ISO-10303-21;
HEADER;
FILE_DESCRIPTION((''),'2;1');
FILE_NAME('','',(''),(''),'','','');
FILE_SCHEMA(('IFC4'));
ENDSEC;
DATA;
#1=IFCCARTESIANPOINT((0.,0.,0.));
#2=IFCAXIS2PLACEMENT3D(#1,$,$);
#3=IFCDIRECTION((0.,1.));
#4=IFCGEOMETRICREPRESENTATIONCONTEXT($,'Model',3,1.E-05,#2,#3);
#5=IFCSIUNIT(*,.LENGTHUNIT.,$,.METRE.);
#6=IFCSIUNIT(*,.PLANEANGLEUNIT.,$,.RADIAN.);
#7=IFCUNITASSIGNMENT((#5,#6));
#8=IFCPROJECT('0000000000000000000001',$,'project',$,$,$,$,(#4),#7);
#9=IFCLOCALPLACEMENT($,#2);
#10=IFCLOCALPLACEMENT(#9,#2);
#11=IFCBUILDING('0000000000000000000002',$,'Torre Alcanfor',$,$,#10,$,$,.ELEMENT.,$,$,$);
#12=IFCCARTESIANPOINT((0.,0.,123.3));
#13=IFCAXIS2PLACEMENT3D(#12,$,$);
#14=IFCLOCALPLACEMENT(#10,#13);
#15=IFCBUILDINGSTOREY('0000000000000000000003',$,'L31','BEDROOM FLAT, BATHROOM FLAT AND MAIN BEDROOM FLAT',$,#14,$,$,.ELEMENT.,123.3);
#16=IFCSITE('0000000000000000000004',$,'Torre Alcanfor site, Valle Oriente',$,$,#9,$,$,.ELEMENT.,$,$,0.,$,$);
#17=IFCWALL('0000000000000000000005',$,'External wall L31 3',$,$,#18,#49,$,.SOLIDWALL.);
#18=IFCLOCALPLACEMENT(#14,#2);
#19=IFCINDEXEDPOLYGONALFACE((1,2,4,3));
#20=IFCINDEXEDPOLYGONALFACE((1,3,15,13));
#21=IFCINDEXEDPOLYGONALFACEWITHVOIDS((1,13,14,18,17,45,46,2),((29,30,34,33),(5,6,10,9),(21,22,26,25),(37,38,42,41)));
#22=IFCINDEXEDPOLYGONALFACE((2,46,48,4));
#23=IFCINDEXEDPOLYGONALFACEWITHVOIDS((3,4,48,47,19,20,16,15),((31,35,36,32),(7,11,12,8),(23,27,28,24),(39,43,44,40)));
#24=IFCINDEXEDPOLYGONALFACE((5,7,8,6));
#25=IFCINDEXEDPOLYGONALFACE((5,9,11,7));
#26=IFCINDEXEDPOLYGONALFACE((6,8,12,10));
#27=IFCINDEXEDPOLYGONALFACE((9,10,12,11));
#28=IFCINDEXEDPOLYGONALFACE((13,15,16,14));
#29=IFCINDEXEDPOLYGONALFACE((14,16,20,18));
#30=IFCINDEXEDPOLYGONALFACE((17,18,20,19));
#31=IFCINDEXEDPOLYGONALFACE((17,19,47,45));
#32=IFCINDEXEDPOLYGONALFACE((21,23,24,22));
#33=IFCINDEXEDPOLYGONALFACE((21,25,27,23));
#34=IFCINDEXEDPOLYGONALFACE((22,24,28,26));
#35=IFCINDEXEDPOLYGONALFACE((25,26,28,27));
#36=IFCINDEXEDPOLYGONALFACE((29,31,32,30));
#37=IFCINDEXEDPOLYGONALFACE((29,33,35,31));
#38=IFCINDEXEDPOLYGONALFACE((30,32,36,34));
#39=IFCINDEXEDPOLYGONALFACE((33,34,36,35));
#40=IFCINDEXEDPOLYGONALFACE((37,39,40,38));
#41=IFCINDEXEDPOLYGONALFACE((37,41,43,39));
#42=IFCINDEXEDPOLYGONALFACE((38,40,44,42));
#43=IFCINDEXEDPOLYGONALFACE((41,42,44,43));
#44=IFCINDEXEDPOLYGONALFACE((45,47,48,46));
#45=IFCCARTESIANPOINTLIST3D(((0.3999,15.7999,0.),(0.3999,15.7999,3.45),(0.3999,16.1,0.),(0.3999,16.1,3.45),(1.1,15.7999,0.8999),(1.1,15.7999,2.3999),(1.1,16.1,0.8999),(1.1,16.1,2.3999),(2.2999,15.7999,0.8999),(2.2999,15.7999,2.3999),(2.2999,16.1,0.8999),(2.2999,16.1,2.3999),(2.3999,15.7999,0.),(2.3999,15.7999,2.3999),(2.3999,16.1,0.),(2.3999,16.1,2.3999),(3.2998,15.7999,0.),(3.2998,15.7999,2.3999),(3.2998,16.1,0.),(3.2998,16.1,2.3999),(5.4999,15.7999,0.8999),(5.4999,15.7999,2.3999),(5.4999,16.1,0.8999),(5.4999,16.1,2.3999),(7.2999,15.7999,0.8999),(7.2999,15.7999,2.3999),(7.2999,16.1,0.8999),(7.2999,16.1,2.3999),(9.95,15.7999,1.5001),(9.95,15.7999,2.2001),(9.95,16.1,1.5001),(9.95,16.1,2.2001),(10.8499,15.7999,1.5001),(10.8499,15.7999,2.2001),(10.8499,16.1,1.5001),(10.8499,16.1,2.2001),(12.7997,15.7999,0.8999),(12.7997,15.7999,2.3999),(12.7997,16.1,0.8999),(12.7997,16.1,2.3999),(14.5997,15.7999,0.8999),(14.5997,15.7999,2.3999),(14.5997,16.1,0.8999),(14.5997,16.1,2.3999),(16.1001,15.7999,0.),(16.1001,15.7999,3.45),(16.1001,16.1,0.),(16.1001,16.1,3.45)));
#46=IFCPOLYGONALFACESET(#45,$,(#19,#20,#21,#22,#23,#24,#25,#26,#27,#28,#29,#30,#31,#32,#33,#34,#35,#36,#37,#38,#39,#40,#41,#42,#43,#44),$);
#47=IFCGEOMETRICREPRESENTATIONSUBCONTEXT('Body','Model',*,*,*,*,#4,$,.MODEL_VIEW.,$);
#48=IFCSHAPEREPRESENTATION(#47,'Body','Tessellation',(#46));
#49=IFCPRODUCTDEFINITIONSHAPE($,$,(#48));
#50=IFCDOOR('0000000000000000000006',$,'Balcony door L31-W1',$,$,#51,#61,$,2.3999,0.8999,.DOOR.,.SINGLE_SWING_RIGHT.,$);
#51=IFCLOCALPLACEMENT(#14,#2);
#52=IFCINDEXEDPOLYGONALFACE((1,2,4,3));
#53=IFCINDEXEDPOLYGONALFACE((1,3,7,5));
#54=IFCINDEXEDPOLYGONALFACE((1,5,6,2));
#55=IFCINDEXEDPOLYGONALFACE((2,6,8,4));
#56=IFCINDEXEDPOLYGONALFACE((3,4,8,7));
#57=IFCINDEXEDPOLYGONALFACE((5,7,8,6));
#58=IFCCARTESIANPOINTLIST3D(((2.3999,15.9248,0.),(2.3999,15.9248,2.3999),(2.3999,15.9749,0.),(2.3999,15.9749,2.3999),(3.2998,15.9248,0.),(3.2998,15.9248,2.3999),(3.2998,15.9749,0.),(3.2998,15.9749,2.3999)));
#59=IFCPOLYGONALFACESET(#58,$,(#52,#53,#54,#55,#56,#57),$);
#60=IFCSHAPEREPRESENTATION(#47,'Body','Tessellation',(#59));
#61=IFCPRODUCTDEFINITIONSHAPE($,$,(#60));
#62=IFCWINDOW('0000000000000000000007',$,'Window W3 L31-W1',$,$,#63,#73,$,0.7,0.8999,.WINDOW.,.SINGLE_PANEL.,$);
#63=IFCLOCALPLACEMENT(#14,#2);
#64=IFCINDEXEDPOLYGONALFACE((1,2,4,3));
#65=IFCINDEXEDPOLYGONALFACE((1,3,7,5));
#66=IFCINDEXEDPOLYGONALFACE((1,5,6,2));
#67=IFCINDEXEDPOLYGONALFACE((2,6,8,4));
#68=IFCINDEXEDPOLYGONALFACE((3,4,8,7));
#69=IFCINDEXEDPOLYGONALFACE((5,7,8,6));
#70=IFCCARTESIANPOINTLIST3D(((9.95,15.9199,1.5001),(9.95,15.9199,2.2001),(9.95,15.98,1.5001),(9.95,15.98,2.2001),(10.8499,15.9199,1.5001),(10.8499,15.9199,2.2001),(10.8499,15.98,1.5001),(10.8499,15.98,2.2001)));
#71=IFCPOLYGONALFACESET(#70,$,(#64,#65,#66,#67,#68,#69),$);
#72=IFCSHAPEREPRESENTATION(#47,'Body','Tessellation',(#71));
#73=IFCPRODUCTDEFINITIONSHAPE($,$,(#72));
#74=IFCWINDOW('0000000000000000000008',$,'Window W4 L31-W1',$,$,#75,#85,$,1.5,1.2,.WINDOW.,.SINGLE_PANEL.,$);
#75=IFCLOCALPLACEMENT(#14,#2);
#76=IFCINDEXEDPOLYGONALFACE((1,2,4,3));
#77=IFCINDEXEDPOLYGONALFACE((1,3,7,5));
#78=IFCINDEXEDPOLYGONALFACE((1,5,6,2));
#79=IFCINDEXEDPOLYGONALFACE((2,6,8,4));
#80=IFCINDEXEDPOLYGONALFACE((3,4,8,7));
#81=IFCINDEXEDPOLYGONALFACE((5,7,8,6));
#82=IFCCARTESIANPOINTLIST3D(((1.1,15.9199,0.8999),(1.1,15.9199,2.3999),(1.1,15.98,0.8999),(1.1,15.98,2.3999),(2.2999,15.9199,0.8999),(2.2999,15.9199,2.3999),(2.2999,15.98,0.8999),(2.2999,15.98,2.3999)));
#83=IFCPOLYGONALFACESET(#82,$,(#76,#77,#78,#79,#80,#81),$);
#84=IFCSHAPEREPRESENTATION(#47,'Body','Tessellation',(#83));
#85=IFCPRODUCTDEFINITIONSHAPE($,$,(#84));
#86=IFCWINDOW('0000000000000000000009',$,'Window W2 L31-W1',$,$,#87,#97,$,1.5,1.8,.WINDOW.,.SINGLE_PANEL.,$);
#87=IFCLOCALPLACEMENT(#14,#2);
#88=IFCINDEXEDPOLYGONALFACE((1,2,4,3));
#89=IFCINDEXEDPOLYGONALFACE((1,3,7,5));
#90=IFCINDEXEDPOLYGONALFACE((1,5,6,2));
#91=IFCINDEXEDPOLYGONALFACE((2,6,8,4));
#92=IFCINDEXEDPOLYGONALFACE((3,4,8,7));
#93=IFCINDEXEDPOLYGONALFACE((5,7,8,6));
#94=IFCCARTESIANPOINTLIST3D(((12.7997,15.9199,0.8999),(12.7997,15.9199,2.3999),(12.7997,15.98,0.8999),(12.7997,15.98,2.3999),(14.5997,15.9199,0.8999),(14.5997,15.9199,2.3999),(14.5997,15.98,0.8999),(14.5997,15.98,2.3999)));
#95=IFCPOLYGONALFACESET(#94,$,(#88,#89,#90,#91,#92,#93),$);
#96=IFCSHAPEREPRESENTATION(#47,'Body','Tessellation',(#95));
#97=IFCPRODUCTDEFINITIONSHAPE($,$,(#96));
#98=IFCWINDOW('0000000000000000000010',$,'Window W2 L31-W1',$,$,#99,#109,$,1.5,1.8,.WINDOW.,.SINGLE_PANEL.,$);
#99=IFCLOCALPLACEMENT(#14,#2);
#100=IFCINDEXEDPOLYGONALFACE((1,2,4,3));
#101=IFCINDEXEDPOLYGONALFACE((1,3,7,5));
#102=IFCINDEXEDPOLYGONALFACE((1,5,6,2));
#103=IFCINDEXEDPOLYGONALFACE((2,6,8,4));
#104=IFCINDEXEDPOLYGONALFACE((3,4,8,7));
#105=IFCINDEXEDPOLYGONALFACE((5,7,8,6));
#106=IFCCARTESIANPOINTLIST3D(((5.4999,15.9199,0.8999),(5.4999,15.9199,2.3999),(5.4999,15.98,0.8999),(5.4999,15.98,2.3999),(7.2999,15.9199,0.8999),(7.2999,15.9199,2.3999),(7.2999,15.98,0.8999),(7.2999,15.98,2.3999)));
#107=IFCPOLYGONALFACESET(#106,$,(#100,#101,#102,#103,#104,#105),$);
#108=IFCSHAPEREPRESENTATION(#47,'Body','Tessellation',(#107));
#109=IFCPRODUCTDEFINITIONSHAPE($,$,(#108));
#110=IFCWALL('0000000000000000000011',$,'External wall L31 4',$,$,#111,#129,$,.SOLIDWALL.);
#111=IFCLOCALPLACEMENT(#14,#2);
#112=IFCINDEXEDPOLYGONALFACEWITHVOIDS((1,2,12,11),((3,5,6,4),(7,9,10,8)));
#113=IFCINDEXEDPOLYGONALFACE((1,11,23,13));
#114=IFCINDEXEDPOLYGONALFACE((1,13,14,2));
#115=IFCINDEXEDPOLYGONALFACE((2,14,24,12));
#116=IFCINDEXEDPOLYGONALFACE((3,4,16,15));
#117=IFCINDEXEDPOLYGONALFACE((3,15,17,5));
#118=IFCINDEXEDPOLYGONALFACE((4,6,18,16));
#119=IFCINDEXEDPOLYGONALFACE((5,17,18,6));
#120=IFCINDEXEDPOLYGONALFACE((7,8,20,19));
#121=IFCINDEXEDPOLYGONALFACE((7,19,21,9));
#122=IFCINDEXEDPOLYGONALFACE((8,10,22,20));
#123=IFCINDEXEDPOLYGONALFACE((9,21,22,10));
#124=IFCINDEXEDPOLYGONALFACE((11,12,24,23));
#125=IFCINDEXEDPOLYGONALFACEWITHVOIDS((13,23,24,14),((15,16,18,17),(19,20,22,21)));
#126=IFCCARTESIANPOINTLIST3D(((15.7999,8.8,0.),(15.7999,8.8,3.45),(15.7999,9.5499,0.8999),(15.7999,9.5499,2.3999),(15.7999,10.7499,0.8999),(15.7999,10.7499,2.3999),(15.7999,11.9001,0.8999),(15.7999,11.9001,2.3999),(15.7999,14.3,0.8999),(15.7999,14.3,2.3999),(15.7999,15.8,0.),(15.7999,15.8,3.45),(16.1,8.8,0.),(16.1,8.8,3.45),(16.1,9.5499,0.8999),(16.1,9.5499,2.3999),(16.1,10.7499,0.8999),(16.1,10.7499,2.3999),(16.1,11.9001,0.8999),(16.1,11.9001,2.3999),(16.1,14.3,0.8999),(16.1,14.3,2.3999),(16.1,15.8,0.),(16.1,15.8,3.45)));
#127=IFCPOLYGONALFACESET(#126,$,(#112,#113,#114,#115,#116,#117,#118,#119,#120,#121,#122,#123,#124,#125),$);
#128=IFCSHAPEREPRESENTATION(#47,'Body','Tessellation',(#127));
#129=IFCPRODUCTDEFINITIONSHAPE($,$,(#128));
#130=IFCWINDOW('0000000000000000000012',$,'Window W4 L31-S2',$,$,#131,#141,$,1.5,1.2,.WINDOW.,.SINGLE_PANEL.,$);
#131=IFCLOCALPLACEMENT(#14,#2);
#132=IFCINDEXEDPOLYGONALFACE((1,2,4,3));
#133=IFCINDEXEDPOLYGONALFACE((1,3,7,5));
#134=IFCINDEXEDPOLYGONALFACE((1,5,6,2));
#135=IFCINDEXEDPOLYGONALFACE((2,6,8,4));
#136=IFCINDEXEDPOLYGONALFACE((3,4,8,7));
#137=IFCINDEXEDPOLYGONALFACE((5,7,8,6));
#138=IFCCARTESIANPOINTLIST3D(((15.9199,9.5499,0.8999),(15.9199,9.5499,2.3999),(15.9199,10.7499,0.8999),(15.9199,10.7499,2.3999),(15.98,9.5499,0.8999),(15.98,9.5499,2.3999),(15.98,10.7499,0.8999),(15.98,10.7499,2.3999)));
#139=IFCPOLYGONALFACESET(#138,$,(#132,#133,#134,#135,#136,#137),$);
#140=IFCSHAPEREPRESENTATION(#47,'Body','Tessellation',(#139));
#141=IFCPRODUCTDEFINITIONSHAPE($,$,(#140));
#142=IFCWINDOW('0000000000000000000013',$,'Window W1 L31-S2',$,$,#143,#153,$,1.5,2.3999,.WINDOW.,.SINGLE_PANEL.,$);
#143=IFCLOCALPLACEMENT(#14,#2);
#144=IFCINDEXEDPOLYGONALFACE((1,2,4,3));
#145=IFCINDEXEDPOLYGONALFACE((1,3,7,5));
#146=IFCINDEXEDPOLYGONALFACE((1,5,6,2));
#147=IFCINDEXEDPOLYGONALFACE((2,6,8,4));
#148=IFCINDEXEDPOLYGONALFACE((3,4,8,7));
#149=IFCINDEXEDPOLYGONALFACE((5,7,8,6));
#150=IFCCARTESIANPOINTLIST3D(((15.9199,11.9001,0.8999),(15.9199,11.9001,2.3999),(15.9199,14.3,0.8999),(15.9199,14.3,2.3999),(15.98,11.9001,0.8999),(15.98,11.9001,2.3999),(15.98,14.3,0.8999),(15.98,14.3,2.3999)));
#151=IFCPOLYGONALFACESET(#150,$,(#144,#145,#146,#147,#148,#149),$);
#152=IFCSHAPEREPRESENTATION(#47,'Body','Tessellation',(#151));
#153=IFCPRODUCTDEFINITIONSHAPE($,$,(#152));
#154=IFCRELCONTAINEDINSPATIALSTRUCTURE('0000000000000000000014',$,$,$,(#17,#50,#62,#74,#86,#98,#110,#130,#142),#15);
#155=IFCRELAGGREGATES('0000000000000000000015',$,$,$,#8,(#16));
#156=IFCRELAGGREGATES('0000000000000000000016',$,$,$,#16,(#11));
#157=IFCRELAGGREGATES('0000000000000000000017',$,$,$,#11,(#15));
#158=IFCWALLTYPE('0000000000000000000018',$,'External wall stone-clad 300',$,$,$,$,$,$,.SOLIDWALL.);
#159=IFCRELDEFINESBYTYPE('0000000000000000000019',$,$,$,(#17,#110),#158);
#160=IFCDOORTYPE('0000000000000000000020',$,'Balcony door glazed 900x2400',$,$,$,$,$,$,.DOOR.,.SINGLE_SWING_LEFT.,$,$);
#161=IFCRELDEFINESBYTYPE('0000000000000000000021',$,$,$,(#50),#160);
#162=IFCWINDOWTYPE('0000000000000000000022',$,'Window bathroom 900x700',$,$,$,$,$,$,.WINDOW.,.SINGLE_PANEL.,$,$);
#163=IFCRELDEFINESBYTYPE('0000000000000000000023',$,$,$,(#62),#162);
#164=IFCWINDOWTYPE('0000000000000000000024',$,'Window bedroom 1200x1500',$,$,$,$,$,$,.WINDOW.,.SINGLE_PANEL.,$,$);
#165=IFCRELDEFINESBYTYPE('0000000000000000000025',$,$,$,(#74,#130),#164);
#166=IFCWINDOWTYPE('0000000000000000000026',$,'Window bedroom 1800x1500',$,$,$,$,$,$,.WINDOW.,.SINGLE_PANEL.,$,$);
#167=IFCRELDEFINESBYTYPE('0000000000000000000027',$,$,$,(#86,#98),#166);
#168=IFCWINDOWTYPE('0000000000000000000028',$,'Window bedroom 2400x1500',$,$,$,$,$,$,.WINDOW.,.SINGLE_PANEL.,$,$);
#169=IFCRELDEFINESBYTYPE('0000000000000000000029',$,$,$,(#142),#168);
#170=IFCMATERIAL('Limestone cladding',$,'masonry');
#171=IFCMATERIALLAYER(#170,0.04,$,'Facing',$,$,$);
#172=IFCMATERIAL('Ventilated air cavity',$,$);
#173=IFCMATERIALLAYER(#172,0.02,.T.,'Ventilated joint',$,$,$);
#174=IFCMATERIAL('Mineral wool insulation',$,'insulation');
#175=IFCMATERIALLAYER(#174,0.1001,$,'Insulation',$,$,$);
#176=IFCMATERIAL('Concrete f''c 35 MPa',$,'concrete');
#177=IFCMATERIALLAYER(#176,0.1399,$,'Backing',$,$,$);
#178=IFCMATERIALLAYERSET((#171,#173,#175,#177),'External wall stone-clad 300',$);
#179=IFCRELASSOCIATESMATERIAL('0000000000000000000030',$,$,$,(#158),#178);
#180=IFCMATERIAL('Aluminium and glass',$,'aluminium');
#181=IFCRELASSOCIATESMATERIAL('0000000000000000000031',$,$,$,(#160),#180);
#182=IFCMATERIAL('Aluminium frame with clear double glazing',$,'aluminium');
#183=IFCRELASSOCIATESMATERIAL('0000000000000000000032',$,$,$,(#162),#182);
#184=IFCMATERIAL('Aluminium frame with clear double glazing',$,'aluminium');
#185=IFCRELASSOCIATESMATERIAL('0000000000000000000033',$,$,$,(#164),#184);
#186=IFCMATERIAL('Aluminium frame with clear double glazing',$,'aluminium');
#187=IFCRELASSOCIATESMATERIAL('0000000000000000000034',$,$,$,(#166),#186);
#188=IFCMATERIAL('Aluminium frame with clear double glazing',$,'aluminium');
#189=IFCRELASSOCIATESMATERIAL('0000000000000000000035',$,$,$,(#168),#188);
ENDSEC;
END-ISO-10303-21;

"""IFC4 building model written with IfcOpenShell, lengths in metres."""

from ifc_helpers import new_model, si_unit, direction, frame, frame_2d, origin, place, context, subcontext, project, spatial, rectangle, extrude, material, layer, layer_set, type_object, element, fill, save


model = new_model("IFC4")

# Units and contexts
model_context = context("Model", 3, precision=1e-05, world=origin(), true_north=direction((0.0, 1.0)))
body_context = subcontext(model_context, "Body", "Model", "MODEL_VIEW")
ifc_project = project(units=[si_unit("LENGTHUNIT", "METRE"), si_unit("PLANEANGLEUNIT", "RADIAN")], contexts=[model_context])

# Site, building, storey
site_placement = place(None, origin())
site = spatial("IfcSite", under=ifc_project, at=site_placement, Name="Torre Alcanfor site, Valle Oriente", CompositionType="ELEMENT", RefElevation=0.0)
building_placement = place(site_placement, origin())
building = spatial("IfcBuilding", under=site, at=building_placement, Name="Torre Alcanfor", CompositionType="ELEMENT")
storey_placement = place(building_placement, frame((0.0, 0.0, 123.3)))
storey = spatial("IfcBuildingStorey", under=building, at=storey_placement, Name="L31", Description="BEDROOM FLAT, BATHROOM FLAT AND MAIN BEDROOM FLAT", CompositionType="ELEMENT", Elevation=123.3)

# Wall, openings, door, windows
ifc_material_1 = material(Name="Limestone cladding", Category="masonry")
ifc_layer_1 = layer(ifc_material_1, 0.04, Name="Facing")
ifc_material_2 = material(Name="Ventilated air cavity")
ifc_layer_2 = layer(ifc_material_2, 0.02, ventilated=True, Name="Ventilated joint")
ifc_material_3 = material(Name="Mineral wool insulation", Category="insulation")
ifc_layer_3 = layer(ifc_material_3, 0.1001, Name="Insulation")
ifc_material_4 = material(Name="Concrete f'c 35 MPa", Category="concrete")
ifc_layer_4 = layer(ifc_material_4, 0.1399, Name="Backing")
ifc_layer_set_1 = layer_set([ifc_layer_1, ifc_layer_2, ifc_layer_3, ifc_layer_4], Name="External wall stone-clad 300")
wall_type = type_object("IfcWallType", Name="External wall stone-clad 300", PredefinedType="SOLIDWALL", material=ifc_layer_set_1)
wall_1_placement = place(storey_placement, frame((0.3999, 15.95, 0.0), z_axis=(0.0, 0.0, 1.0), x_axis=(1.0, 0.0, 0.0)))
wall_1 = element("IfcWall", 1, at=wall_1_placement, inside=storey, type_object=wall_type, Name="External wall L31 3", PredefinedType="SOLIDWALL", context=body_context, shape_type="SweptSolid", body=[
    extrude(rectangle(XDim=15.7002, YDim=0.3, at=frame_2d((7.8501, 0.0))), origin(), (0.0, 0.0, 1.0), 3.45),
])
opening_1_placement = place(wall_1_placement, frame((12.3999, 0.0, 0.8999)))
opening_1 = element("IfcOpeningElement", 2, at=opening_1_placement, cuts=wall_1, PredefinedType="OPENING", context=body_context, shape_type="SweptSolid", body=[
    extrude(rectangle(XDim=1.8, YDim=1.5, at=frame_2d((0.8999, 0.75))), frame((0.0, 0.1599, 0.0), z_axis=(0.0, -1.0, 0.0), x_axis=(1.0, 0.0, 0.0)), (0.0, 0.0, 1.0), 0.3201),
])
opening_2_placement = place(wall_1_placement, frame((9.55, 0.0, 1.5)))
opening_2 = element("IfcOpeningElement", 3, at=opening_2_placement, cuts=wall_1, PredefinedType="OPENING", context=body_context, shape_type="SweptSolid", body=[
    extrude(rectangle(XDim=0.8999, YDim=0.7, at=frame_2d((0.45, 0.3501))), frame((0.0, 0.1599, 0.0), z_axis=(0.0, -1.0, 0.0), x_axis=(1.0, 0.0, 0.0)), (0.0, 0.0, 1.0), 0.3201),
])
opening_3_placement = place(wall_1_placement, frame((5.1001, 0.0, 0.8999)))
opening_3 = element("IfcOpeningElement", 4, at=opening_3_placement, cuts=wall_1, PredefinedType="OPENING", context=body_context, shape_type="SweptSolid", body=[
    extrude(rectangle(XDim=1.8, YDim=1.5, at=frame_2d((0.8999, 0.75))), frame((0.0, 0.1599, 0.0), z_axis=(0.0, -1.0, 0.0), x_axis=(1.0, 0.0, 0.0)), (0.0, 0.0, 1.0), 0.3201),
])
opening_4_placement = place(wall_1_placement, frame((2.0, 0.0, 0.0)))
opening_4 = element("IfcOpeningElement", 5, at=opening_4_placement, cuts=wall_1, PredefinedType="OPENING", context=body_context, shape_type="SweptSolid", body=[
    extrude(rectangle(XDim=0.8999, YDim=2.3999, at=frame_2d((0.45, 1.2))), frame((0.0, 0.1599, 0.0), z_axis=(0.0, -1.0, 0.0), x_axis=(1.0, 0.0, 0.0)), (0.0, 0.0, 1.0), 0.3201),
])
opening_5_placement = place(wall_1_placement, frame((0.7, 0.0, 0.8999)))
opening_5 = element("IfcOpeningElement", 6, at=opening_5_placement, cuts=wall_1, PredefinedType="OPENING", context=body_context, shape_type="SweptSolid", body=[
    extrude(rectangle(XDim=1.2, YDim=1.5, at=frame_2d((0.6001, 0.75))), frame((0.0, 0.1599, 0.0), z_axis=(0.0, -1.0, 0.0), x_axis=(1.0, 0.0, 0.0)), (0.0, 0.0, 1.0), 0.3201),
])
ifc_material_5 = material(Name="Aluminium and glass", Category="aluminium")
door_type = type_object("IfcDoorType", Name="Balcony door glazed 900x2400", OperationType="SINGLE_SWING_LEFT", PredefinedType="DOOR", material=ifc_material_5)
door_placement = place(opening_4_placement, origin())
door = element("IfcDoor", 7, at=door_placement, inside=storey, type_object=door_type, Name="Balcony door L31-W1", OperationType="SINGLE_SWING_RIGHT", OverallHeight=2.3999, OverallWidth=0.8999, PredefinedType="DOOR", context=body_context, shape_type="SweptSolid", body=[
    extrude(rectangle(XDim=0.8999, YDim=2.3999, at=frame_2d((0.45, 1.2))), frame((0.0, 0.0249, 0.0), z_axis=(0.0, -1.0, 0.0), x_axis=(1.0, 0.0, 0.0)), (0.0, 0.0, 1.0), 0.05),
])
fill(opening_4, door)
ifc_material_6 = material(Name="Aluminium frame with clear double glazing", Category="aluminium")
window_type_1 = type_object("IfcWindowType", Name="Window bathroom 900x700", PartitioningType="SINGLE_PANEL", PredefinedType="WINDOW", material=ifc_material_6)
window_1_placement = place(opening_2_placement, origin())
window_1 = element("IfcWindow", 8, at=window_1_placement, inside=storey, type_object=window_type_1, Name="Window W3 L31-W1", OverallHeight=0.7, OverallWidth=0.8999, PartitioningType="SINGLE_PANEL", PredefinedType="WINDOW", context=body_context, shape_type="SweptSolid", body=[
    extrude(rectangle(XDim=0.8999, YDim=0.7, at=frame_2d((0.45, 0.3501))), frame((0.0, 0.03, 0.0), z_axis=(0.0, -1.0, 0.0), x_axis=(1.0, 0.0, 0.0)), (0.0, 0.0, 1.0), 0.0601),
])
fill(opening_2, window_1)
ifc_material_7 = material(Name="Aluminium frame with clear double glazing", Category="aluminium")
window_type_2 = type_object("IfcWindowType", Name="Window bedroom 1200x1500", PartitioningType="SINGLE_PANEL", PredefinedType="WINDOW", material=ifc_material_7)
window_2_placement = place(opening_5_placement, origin())
window_2 = element("IfcWindow", 9, at=window_2_placement, inside=storey, type_object=window_type_2, Name="Window W4 L31-W1", OverallHeight=1.5, OverallWidth=1.2, PartitioningType="SINGLE_PANEL", PredefinedType="WINDOW", context=body_context, shape_type="SweptSolid", body=[
    extrude(rectangle(XDim=1.2, YDim=1.5, at=frame_2d((0.6001, 0.75))), frame((0.0, 0.03, 0.0), z_axis=(0.0, -1.0, 0.0), x_axis=(1.0, 0.0, 0.0)), (0.0, 0.0, 1.0), 0.0601),
])
fill(opening_5, window_2)
ifc_material_8 = material(Name="Aluminium frame with clear double glazing", Category="aluminium")
window_type_3 = type_object("IfcWindowType", Name="Window bedroom 1800x1500", PartitioningType="SINGLE_PANEL", PredefinedType="WINDOW", material=ifc_material_8)
window_3_placement = place(opening_1_placement, origin())
window_3 = element("IfcWindow", 10, at=window_3_placement, inside=storey, type_object=window_type_3, Name="Window W2 L31-W1", OverallHeight=1.5, OverallWidth=1.8, PartitioningType="SINGLE_PANEL", PredefinedType="WINDOW", context=body_context, shape_type="SweptSolid", body=[
    extrude(rectangle(XDim=1.8, YDim=1.5, at=frame_2d((0.8999, 0.75))), frame((0.0, 0.03, 0.0), z_axis=(0.0, -1.0, 0.0), x_axis=(1.0, 0.0, 0.0)), (0.0, 0.0, 1.0), 0.0601),
])
fill(opening_1, window_3)
window_4_placement = place(opening_3_placement, origin())
window_4 = element("IfcWindow", 11, at=window_4_placement, inside=storey, type_object=window_type_3, Name="Window W2 L31-W1", OverallHeight=1.5, OverallWidth=1.8, PartitioningType="SINGLE_PANEL", PredefinedType="WINDOW", context=body_context, shape_type="SweptSolid", body=[
    extrude(rectangle(XDim=1.8, YDim=1.5, at=frame_2d((0.8999, 0.75))), frame((0.0, 0.03, 0.0), z_axis=(0.0, -1.0, 0.0), x_axis=(1.0, 0.0, 0.0)), (0.0, 0.0, 1.0), 0.0601),
])
fill(opening_3, window_4)

# Wall, openings, windows
wall_2_placement = place(storey_placement, frame((15.95, 15.8, 0.0), z_axis=(0.0, 0.0, 1.0), x_axis=(0.0, -1.0, 0.0)))
wall_2 = element("IfcWall", 12, at=wall_2_placement, inside=storey, type_object=wall_type, Name="External wall L31 4", PredefinedType="SOLIDWALL", context=body_context, shape_type="SweptSolid", body=[
    extrude(rectangle(XDim=7.0, YDim=0.3, at=frame_2d((3.5, 0.0))), origin(), (0.0, 0.0, 1.0), 3.45),
])
opening_6_placement = place(wall_2_placement, frame((1.5, 0.0, 0.8999)))
opening_6 = element("IfcOpeningElement", 13, at=opening_6_placement, cuts=wall_2, PredefinedType="OPENING", context=body_context, shape_type="SweptSolid", body=[
    extrude(rectangle(XDim=2.3999, YDim=1.5, at=frame_2d((1.2, 0.75))), frame((0.0, 0.1599, 0.0), z_axis=(0.0, -1.0, 0.0), x_axis=(1.0, 0.0, 0.0)), (0.0, 0.0, 1.0), 0.3201),
])
opening_7_placement = place(wall_2_placement, frame((5.05, 0.0, 0.8999)))
opening_7 = element("IfcOpeningElement", 14, at=opening_7_placement, cuts=wall_2, PredefinedType="OPENING", context=body_context, shape_type="SweptSolid", body=[
    extrude(rectangle(XDim=1.2, YDim=1.5, at=frame_2d((0.6001, 0.75))), frame((0.0, 0.1599, 0.0), z_axis=(0.0, -1.0, 0.0), x_axis=(1.0, 0.0, 0.0)), (0.0, 0.0, 1.0), 0.3201),
])
window_5_placement = place(opening_7_placement, origin())
window_5 = element("IfcWindow", 15, at=window_5_placement, inside=storey, type_object=window_type_2, Name="Window W4 L31-S2", OverallHeight=1.5, OverallWidth=1.2, PartitioningType="SINGLE_PANEL", PredefinedType="WINDOW", context=body_context, shape_type="SweptSolid", body=[
    extrude(rectangle(XDim=1.2, YDim=1.5, at=frame_2d((0.6001, 0.75))), frame((0.0, 0.03, 0.0), z_axis=(0.0, -1.0, 0.0), x_axis=(1.0, 0.0, 0.0)), (0.0, 0.0, 1.0), 0.0601),
])
fill(opening_7, window_5)
ifc_material_9 = material(Name="Aluminium frame with clear double glazing", Category="aluminium")
window_type_4 = type_object("IfcWindowType", Name="Window bedroom 2400x1500", PartitioningType="SINGLE_PANEL", PredefinedType="WINDOW", material=ifc_material_9)
window_6_placement = place(opening_6_placement, origin())
window_6 = element("IfcWindow", 16, at=window_6_placement, inside=storey, type_object=window_type_4, Name="Window W1 L31-S2", OverallHeight=1.5, OverallWidth=2.3999, PartitioningType="SINGLE_PANEL", PredefinedType="WINDOW", context=body_context, shape_type="SweptSolid", body=[
    extrude(rectangle(XDim=2.3999, YDim=1.5, at=frame_2d((1.2, 0.75))), frame((0.0, 0.03, 0.0), z_axis=(0.0, -1.0, 0.0), x_axis=(1.0, 0.0, 0.0)), (0.0, 0.0, 1.0), 0.0601),
])
fill(opening_6, window_6)

save(model, "model.ifc")
